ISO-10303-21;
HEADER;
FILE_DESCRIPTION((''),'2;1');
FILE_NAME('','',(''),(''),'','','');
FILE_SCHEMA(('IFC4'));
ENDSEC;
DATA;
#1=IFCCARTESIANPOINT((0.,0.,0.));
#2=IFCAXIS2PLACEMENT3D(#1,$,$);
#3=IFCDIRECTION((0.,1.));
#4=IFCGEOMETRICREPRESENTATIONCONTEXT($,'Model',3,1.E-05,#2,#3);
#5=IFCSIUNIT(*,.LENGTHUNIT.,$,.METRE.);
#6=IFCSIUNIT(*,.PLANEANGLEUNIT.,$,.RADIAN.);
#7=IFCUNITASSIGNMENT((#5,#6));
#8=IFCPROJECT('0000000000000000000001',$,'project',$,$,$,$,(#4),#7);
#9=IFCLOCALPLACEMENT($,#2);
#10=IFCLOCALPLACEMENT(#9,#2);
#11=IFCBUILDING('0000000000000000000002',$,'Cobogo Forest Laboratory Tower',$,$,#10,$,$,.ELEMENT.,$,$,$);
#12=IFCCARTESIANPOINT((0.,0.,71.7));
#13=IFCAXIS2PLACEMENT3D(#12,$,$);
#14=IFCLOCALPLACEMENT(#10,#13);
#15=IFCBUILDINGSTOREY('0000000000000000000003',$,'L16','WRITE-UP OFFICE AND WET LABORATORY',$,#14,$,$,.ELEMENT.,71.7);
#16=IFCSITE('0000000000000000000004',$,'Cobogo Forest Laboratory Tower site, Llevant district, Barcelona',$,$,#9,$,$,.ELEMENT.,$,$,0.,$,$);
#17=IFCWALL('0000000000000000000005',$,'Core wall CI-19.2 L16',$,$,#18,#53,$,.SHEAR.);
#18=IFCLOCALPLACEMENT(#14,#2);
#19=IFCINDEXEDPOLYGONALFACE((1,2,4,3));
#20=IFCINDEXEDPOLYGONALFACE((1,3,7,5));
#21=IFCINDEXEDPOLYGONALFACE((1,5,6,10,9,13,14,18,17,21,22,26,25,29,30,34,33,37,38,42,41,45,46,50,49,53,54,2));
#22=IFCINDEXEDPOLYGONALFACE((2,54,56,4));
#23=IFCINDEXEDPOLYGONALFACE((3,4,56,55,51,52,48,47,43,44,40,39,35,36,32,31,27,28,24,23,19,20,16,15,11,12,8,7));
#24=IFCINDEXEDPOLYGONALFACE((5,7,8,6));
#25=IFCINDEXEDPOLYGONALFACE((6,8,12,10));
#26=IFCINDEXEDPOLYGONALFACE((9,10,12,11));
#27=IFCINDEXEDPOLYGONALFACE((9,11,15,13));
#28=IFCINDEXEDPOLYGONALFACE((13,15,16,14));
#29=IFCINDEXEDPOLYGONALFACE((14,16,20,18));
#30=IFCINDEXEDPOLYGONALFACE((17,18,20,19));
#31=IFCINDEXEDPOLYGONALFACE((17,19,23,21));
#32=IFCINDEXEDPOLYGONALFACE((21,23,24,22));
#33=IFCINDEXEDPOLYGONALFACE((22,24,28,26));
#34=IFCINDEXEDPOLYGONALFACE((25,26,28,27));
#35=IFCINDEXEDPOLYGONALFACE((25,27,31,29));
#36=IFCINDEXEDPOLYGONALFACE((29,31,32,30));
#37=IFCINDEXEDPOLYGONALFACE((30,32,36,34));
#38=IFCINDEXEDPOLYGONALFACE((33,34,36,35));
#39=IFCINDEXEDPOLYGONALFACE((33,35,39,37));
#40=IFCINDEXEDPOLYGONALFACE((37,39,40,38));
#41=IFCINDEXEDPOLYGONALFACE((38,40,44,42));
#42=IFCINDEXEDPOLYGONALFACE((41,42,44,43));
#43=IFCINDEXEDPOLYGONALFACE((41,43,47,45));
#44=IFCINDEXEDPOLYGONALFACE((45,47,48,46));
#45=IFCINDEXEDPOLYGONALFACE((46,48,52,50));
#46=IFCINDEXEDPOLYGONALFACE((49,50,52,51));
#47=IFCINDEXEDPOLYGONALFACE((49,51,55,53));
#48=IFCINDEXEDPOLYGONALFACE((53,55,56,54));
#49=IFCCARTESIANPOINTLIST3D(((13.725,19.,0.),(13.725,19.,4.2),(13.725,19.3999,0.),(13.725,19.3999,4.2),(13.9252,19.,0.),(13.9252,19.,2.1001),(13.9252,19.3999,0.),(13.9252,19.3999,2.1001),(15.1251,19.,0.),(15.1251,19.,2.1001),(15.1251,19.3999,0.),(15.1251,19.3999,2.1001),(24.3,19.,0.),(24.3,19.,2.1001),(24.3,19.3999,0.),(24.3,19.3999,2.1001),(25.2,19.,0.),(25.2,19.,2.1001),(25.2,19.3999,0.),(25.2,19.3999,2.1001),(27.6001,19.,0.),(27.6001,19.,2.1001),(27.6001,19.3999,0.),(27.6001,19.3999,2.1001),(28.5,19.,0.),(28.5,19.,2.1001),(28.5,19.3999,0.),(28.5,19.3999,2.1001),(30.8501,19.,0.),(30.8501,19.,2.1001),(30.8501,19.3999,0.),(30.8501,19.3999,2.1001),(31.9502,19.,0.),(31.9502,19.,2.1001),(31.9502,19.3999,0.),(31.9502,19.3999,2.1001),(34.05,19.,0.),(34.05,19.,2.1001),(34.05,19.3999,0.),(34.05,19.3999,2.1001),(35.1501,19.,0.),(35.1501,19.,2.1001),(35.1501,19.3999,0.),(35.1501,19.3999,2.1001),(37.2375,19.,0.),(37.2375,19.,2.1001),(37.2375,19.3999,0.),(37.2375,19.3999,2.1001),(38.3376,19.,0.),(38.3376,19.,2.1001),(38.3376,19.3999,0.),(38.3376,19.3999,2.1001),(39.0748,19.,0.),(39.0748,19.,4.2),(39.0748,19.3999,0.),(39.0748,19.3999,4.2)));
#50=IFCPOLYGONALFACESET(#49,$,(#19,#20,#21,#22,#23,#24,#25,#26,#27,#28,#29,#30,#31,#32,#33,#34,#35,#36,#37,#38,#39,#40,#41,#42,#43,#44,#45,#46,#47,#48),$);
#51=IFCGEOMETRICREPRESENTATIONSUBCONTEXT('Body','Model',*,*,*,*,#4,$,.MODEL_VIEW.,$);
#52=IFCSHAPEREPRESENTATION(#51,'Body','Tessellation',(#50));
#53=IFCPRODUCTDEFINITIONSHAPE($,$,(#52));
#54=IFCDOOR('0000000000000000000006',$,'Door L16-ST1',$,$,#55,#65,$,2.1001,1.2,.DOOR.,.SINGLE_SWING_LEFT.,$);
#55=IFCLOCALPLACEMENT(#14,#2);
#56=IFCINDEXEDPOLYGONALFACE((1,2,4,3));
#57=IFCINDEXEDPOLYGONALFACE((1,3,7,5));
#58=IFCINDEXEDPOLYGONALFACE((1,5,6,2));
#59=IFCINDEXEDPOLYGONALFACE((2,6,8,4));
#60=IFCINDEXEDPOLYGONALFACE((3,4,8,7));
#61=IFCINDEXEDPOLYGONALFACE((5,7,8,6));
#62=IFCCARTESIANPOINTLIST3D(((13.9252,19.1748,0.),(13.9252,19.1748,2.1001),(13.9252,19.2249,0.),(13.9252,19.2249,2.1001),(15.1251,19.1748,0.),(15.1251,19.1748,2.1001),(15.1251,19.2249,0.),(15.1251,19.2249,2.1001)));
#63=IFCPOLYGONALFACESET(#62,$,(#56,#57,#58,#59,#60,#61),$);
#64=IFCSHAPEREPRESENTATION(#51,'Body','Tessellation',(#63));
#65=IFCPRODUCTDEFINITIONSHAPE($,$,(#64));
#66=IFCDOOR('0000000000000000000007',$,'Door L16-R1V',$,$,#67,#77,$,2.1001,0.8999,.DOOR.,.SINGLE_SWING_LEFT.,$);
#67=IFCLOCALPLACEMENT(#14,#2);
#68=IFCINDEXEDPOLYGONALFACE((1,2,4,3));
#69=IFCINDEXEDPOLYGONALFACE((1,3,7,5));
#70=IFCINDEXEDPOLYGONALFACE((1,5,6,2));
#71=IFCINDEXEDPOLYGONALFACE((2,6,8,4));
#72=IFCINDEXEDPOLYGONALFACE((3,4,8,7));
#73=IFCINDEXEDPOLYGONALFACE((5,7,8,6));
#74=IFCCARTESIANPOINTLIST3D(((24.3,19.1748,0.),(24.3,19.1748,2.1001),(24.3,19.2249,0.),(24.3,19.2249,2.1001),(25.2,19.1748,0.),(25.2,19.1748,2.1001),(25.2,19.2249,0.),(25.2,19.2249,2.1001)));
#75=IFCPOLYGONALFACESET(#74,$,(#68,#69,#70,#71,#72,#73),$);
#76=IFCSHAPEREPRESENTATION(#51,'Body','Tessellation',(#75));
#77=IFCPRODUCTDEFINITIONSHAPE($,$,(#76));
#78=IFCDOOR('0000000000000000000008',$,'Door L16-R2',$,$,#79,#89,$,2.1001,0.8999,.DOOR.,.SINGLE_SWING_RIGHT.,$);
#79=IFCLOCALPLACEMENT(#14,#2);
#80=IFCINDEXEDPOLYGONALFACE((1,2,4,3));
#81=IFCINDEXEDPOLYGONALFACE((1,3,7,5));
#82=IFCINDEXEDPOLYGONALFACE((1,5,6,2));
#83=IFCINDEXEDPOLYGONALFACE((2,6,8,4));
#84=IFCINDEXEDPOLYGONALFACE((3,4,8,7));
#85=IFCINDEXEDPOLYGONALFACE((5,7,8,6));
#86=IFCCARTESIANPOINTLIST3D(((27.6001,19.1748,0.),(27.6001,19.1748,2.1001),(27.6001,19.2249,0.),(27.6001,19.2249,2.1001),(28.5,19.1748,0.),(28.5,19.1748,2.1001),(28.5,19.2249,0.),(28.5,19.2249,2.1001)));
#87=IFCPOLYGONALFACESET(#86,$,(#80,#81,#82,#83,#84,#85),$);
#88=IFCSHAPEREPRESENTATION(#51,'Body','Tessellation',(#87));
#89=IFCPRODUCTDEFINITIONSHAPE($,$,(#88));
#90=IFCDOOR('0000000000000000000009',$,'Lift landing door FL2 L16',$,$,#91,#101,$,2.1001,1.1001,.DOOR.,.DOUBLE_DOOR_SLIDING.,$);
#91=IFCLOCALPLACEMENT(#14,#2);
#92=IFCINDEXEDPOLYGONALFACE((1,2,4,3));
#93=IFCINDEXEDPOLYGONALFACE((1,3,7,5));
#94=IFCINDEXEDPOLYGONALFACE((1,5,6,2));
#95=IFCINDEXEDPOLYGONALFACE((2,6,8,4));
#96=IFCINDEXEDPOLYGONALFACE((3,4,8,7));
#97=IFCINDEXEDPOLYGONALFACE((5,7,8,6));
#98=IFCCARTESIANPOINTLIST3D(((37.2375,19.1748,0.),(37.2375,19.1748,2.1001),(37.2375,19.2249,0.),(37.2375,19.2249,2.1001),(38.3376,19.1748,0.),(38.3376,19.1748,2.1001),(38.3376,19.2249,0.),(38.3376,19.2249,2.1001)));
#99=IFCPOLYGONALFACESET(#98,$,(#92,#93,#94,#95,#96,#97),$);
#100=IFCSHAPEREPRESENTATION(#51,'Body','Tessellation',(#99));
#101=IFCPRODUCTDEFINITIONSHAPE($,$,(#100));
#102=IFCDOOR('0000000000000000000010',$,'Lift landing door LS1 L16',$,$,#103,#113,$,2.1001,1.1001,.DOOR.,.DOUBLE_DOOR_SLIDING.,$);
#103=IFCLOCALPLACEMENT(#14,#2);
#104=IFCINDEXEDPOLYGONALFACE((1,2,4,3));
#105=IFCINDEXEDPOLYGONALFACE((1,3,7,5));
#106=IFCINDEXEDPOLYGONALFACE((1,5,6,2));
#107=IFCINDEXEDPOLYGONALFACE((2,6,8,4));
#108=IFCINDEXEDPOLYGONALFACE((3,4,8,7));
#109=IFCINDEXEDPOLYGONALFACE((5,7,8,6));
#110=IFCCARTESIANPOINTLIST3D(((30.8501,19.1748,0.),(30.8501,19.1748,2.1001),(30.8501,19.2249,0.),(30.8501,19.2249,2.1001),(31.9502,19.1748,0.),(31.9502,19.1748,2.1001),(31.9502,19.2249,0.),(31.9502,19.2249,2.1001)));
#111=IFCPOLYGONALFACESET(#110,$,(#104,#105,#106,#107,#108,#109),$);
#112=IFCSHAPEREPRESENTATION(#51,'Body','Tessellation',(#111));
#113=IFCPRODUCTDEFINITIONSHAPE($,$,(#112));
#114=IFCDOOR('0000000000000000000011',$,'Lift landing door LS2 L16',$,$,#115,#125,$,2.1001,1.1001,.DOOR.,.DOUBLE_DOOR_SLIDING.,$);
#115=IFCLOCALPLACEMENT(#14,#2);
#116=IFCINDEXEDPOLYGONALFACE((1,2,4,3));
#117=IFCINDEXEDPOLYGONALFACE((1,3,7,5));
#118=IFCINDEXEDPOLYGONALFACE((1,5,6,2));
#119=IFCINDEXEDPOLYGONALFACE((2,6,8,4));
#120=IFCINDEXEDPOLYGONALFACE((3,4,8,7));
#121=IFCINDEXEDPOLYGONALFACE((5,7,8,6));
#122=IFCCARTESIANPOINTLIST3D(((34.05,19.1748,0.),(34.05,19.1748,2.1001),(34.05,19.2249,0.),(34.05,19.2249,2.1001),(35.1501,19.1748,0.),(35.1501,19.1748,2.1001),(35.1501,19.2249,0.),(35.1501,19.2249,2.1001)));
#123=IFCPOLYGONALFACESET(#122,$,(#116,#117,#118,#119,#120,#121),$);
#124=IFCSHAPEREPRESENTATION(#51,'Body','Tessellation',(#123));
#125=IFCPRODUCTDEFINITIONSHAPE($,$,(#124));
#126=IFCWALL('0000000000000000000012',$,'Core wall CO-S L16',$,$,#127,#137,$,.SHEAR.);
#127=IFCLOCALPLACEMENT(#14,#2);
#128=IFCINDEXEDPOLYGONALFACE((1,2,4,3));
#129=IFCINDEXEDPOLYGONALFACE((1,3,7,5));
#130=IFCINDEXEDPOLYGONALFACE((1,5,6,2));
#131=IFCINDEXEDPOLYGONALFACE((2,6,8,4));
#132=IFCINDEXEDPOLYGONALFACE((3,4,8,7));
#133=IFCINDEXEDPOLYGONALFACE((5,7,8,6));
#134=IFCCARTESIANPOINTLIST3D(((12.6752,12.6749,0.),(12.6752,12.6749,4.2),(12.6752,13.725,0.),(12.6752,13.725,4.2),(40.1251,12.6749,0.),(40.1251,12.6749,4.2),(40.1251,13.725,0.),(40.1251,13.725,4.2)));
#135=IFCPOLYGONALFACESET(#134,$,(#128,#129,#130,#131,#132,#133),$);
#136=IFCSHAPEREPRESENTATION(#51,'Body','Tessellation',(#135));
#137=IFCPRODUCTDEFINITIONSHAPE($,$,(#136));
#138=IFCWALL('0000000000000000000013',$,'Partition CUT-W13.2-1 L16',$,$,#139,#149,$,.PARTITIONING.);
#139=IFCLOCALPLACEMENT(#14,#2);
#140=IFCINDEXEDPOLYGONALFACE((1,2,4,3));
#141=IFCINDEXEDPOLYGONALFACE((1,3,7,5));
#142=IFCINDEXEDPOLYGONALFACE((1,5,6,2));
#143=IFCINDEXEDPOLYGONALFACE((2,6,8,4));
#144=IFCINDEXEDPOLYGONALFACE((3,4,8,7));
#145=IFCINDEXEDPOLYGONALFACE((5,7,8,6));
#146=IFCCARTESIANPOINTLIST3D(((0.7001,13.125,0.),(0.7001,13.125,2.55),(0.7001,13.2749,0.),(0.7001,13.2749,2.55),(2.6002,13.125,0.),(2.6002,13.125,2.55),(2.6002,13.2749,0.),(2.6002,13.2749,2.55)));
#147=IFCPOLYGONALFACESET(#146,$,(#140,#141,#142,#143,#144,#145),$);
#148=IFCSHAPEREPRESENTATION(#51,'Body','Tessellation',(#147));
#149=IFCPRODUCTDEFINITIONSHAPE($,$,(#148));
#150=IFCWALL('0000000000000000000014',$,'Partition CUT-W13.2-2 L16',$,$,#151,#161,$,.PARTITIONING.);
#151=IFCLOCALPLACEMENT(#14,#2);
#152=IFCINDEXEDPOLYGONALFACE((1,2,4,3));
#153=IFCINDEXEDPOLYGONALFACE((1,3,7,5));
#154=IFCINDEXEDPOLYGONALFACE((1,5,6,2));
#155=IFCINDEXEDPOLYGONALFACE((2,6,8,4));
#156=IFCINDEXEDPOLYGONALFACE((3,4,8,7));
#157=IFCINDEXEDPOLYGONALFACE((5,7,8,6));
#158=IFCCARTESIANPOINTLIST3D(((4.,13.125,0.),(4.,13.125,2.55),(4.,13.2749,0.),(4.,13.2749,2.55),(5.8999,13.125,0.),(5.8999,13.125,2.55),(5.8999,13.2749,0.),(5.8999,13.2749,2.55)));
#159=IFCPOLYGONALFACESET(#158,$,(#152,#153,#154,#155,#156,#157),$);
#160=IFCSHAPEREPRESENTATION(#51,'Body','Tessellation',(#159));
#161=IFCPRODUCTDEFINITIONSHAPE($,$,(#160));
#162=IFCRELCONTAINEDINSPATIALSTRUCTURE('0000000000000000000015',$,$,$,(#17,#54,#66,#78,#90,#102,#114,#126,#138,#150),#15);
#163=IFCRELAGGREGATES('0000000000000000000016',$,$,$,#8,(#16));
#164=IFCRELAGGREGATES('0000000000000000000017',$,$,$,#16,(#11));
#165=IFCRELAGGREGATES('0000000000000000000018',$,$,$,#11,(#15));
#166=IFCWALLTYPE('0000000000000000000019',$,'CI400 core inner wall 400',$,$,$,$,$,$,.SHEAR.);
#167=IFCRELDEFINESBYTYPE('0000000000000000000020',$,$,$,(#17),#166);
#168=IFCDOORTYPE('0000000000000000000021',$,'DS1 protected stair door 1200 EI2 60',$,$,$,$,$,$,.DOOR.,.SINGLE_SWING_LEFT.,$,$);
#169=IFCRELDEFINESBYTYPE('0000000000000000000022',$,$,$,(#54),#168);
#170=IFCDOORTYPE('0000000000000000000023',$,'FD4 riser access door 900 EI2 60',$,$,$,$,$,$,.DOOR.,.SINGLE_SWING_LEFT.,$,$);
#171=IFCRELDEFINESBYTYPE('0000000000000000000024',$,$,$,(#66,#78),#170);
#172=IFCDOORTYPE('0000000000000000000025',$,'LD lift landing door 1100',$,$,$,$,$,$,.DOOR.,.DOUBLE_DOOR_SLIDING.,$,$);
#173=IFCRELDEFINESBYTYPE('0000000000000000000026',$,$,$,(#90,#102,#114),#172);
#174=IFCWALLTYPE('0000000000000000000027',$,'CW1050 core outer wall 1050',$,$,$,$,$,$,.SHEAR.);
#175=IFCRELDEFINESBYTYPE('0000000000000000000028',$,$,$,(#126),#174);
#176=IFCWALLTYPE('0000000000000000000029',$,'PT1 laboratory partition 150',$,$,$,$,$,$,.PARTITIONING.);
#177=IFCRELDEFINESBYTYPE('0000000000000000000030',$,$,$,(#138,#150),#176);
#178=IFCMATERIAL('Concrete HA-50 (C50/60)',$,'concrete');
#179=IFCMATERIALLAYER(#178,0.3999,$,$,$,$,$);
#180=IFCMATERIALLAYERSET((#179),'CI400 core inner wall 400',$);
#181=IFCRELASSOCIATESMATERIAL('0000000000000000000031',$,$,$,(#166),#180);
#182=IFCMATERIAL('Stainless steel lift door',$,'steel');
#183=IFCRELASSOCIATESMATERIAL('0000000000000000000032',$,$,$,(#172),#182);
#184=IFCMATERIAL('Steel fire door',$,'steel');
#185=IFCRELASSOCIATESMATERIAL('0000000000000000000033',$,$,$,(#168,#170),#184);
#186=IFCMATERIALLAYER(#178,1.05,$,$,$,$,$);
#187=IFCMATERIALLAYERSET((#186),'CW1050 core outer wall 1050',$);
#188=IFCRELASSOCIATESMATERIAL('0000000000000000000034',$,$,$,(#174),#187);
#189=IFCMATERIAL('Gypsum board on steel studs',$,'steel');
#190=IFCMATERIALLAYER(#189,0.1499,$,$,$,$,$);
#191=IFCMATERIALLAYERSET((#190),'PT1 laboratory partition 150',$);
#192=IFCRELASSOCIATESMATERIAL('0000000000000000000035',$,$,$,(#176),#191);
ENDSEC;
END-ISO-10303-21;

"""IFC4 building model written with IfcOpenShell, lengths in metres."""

from ifc_helpers import new_model, si_unit, direction, frame, frame_2d, origin, place, context, subcontext, project, spatial, rectangle, extrude, material, layer, layer_set, type_object, element, fill, save


model = new_model("IFC4")

# Units and contexts
model_context = context("Model", 3, precision=1e-05, world=origin(), true_north=direction((0.0, 1.0)))
body_context = subcontext(model_context, "Body", "Model", "MODEL_VIEW")
ifc_project = project(units=[si_unit("LENGTHUNIT", "METRE"), si_unit("PLANEANGLEUNIT", "RADIAN")], contexts=[model_context])

# Site, building, storey
site_placement = place(None, origin())
site = spatial("IfcSite", under=ifc_project, at=site_placement, Name="Cobogo Forest Laboratory Tower site, Llevant district, Barcelona", CompositionType="ELEMENT", RefElevation=0.0)
building_placement = place(site_placement, origin())
building = spatial("IfcBuilding", under=site, at=building_placement, Name="Cobogo Forest Laboratory Tower", CompositionType="ELEMENT")
storey_placement = place(building_placement, frame((0.0, 0.0, 71.7)))
storey = spatial("IfcBuildingStorey", under=building, at=storey_placement, Name="L16", Description="WRITE-UP OFFICE AND WET LABORATORY", CompositionType="ELEMENT", Elevation=71.7)

# Shared definitions
ifc_material_1 = material(Name="Concrete HA-50 (C50/60)", Category="concrete")

# Wall, openings, doors
ifc_layer_1 = layer(ifc_material_1, 0.3999)
ifc_layer_set_1 = layer_set([ifc_layer_1], Name="CI400 core inner wall 400")
wall_type_1 = type_object("IfcWallType", Name="CI400 core inner wall 400", PredefinedType="SHEAR", material=ifc_layer_set_1)
ifc_material_2 = material(Name="Stainless steel lift door", Category="steel")
door_type_1 = type_object("IfcDoorType", Name="LD lift landing door 1100", OperationType="DOUBLE_DOOR_SLIDING", PredefinedType="DOOR", material=ifc_material_2)
wall_1_placement = place(storey_placement, frame((13.7251, 19.2, 0.0), z_axis=(0.0, 0.0, 1.0), x_axis=(1.0, 0.0, 0.0)))
wall_1 = element("IfcWall", 1, at=wall_1_placement, inside=storey, type_object=wall_type_1, Name="Core wall CI-19.2 L16", PredefinedType="SHEAR", context=body_context, shape_type="SweptSolid", body=[
    extrude(rectangle(XDim=25.3499, YDim=0.3999, at=frame_2d((12.6748, 0.0))), origin(), (0.0, 0.0, 1.0), 4.2),
])
opening_1_placement = place(wall_1_placement, frame((10.575, 0.0, 0.0)))
opening_1 = element("IfcOpeningElement", 2, at=opening_1_placement, cuts=wall_1, PredefinedType="OPENING", context=body_context, shape_type="SweptSolid", body=[
    extrude(rectangle(XDim=0.8999, YDim=2.1001, at=frame_2d((0.45, 1.05))), frame((0.0, 0.21, 0.0), z_axis=(0.0, -1.0, 0.0), x_axis=(1.0, 0.0, 0.0)), (0.0, 0.0, 1.0), 0.4199),
])
opening_2_placement = place(wall_1_placement, frame((13.875, 0.0, 0.0)))
opening_2 = element("IfcOpeningElement", 3, at=opening_2_placement, cuts=wall_1, PredefinedType="OPENING", context=body_context, shape_type="SweptSolid", body=[
    extrude(rectangle(XDim=0.8999, YDim=2.1001, at=frame_2d((0.45, 1.05))), frame((0.0, 0.21, 0.0), z_axis=(0.0, -1.0, 0.0), x_axis=(1.0, 0.0, 0.0)), (0.0, 0.0, 1.0), 0.4199),
])
opening_3_placement = place(wall_1_placement, frame((0.2, 0.0, 0.0)))
opening_3 = element("IfcOpeningElement", 4, at=opening_3_placement, cuts=wall_1, PredefinedType="OPENING", context=body_context, shape_type="SweptSolid", body=[
    extrude(rectangle(XDim=1.2, YDim=2.1001, at=frame_2d((0.6001, 1.05))), frame((0.0, 0.21, 0.0), z_axis=(0.0, -1.0, 0.0), x_axis=(1.0, 0.0, 0.0)), (0.0, 0.0, 1.0), 0.4199),
])
opening_4_placement = place(wall_1_placement, frame((23.5125, 0.0, 0.0)))
opening_4 = element("IfcOpeningElement", 5, at=opening_4_placement, cuts=wall_1, PredefinedType="OPENING", context=body_context, shape_type="SweptSolid", body=[
    extrude(rectangle(XDim=1.1001, YDim=2.1001, at=frame_2d((0.55, 1.05))), frame((0.0, 0.21, 0.0), z_axis=(0.0, -1.0, 0.0), x_axis=(1.0, 0.0, 0.0)), (0.0, 0.0, 1.0), 0.4199),
])
opening_5_placement = place(wall_1_placement, frame((17.125, 0.0, 0.0)))
opening_5 = element("IfcOpeningElement", 6, at=opening_5_placement, cuts=wall_1, PredefinedType="OPENING", context=body_context, shape_type="SweptSolid", body=[
    extrude(rectangle(XDim=1.1001, YDim=2.1001, at=frame_2d((0.55, 1.05))), frame((0.0, 0.21, 0.0), z_axis=(0.0, -1.0, 0.0), x_axis=(1.0, 0.0, 0.0)), (0.0, 0.0, 1.0), 0.4199),
])
opening_6_placement = place(wall_1_placement, frame((20.325, 0.0, 0.0)))
opening_6 = element("IfcOpeningElement", 7, at=opening_6_placement, cuts=wall_1, PredefinedType="OPENING", context=body_context, shape_type="SweptSolid", body=[
    extrude(rectangle(XDim=1.1001, YDim=2.1001, at=frame_2d((0.55, 1.05))), frame((0.0, 0.21, 0.0), z_axis=(0.0, -1.0, 0.0), x_axis=(1.0, 0.0, 0.0)), (0.0, 0.0, 1.0), 0.4199),
])
ifc_material_3 = material(Name="Steel fire door", Category="steel")
door_type_2 = type_object("IfcDoorType", Name="DS1 protected stair door 1200 EI2 60", OperationType="SINGLE_SWING_LEFT", PredefinedType="DOOR", material=ifc_material_3)
door_1_placement = place(opening_3_placement, origin())
door_1 = element("IfcDoor", 8, at=door_1_placement, inside=storey, type_object=door_type_2, Name="Door L16-ST1", OperationType="SINGLE_SWING_LEFT", OverallHeight=2.1001, OverallWidth=1.2, PredefinedType="DOOR", context=body_context, shape_type="SweptSolid", body=[
    extrude(rectangle(XDim=1.2, YDim=2.1001, at=frame_2d((0.6001, 1.05))), frame((0.0, 0.0249, 0.0), z_axis=(0.0, -1.0, 0.0), x_axis=(1.0, 0.0, 0.0)), (0.0, 0.0, 1.0), 0.05),
])
fill(opening_3, door_1)
door_type_3 = type_object("IfcDoorType", Name="FD4 riser access door 900 EI2 60", OperationType="SINGLE_SWING_LEFT", PredefinedType="DOOR", material=ifc_material_3)
door_2_placement = place(opening_1_placement, origin())
door_2 = element("IfcDoor", 9, at=door_2_placement, inside=storey, type_object=door_type_3, Name="Door L16-R1V", OperationType="SINGLE_SWING_LEFT", OverallHeight=2.1001, OverallWidth=0.8999, PredefinedType="DOOR", context=body_context, shape_type="SweptSolid", body=[
    extrude(rectangle(XDim=0.8999, YDim=2.1001, at=frame_2d((0.45, 1.05))), frame((0.0, 0.0249, 0.0), z_axis=(0.0, -1.0, 0.0), x_axis=(1.0, 0.0, 0.0)), (0.0, 0.0, 1.0), 0.05),
])
fill(opening_1, door_2)
door_3_placement = place(opening_2_placement, origin())
door_3 = element("IfcDoor", 10, at=door_3_placement, inside=storey, type_object=door_type_3, Name="Door L16-R2", OperationType="SINGLE_SWING_RIGHT", OverallHeight=2.1001, OverallWidth=0.8999, PredefinedType="DOOR", context=body_context, shape_type="SweptSolid", body=[
    extrude(rectangle(XDim=0.8999, YDim=2.1001, at=frame_2d((0.45, 1.05))), frame((0.0, 0.0249, 0.0), z_axis=(0.0, -1.0, 0.0), x_axis=(1.0, 0.0, 0.0)), (0.0, 0.0, 1.0), 0.05),
])
fill(opening_2, door_3)
door_4_placement = place(opening_4_placement, origin())
door_4 = element("IfcDoor", 11, at=door_4_placement, inside=storey, type_object=door_type_1, Name="Lift landing door FL2 L16", OperationType="DOUBLE_DOOR_SLIDING", OverallHeight=2.1001, OverallWidth=1.1001, PredefinedType="DOOR", context=body_context, shape_type="SweptSolid", body=[
    extrude(rectangle(XDim=1.1001, YDim=2.1001, at=frame_2d((0.55, 1.05))), frame((0.0, 0.0249, 0.0), z_axis=(0.0, -1.0, 0.0), x_axis=(1.0, 0.0, 0.0)), (0.0, 0.0, 1.0), 0.05),
])
fill(opening_4, door_4)
door_5_placement = place(opening_5_placement, origin())
door_5 = element("IfcDoor", 12, at=door_5_placement, inside=storey, type_object=door_type_1, Name="Lift landing door LS1 L16", OperationType="DOUBLE_DOOR_SLIDING", OverallHeight=2.1001, OverallWidth=1.1001, PredefinedType="DOOR", context=body_context, shape_type="SweptSolid", body=[
    extrude(rectangle(XDim=1.1001, YDim=2.1001, at=frame_2d((0.55, 1.05))), frame((0.0, 0.0249, 0.0), z_axis=(0.0, -1.0, 0.0), x_axis=(1.0, 0.0, 0.0)), (0.0, 0.0, 1.0), 0.05),
])
fill(opening_5, door_5)
door_6_placement = place(opening_6_placement, origin())
door_6 = element("IfcDoor", 13, at=door_6_placement, inside=storey, type_object=door_type_1, Name="Lift landing door LS2 L16", OperationType="DOUBLE_DOOR_SLIDING", OverallHeight=2.1001, OverallWidth=1.1001, PredefinedType="DOOR", context=body_context, shape_type="SweptSolid", body=[
    extrude(rectangle(XDim=1.1001, YDim=2.1001, at=frame_2d((0.55, 1.05))), frame((0.0, 0.0249, 0.0), z_axis=(0.0, -1.0, 0.0), x_axis=(1.0, 0.0, 0.0)), (0.0, 0.0, 1.0), 0.05),
])
fill(opening_6, door_6)

# Walls
ifc_layer_2 = layer(ifc_material_1, 1.05)
ifc_layer_set_2 = layer_set([ifc_layer_2], Name="CW1050 core outer wall 1050")
wall_type_2 = type_object("IfcWallType", Name="CW1050 core outer wall 1050", PredefinedType="SHEAR", material=ifc_layer_set_2)
wall_2_placement = place(storey_placement, frame((12.675, 13.2, 0.0), z_axis=(0.0, 0.0, 1.0), x_axis=(1.0, 0.0, 0.0)))
element("IfcWall", 14, at=wall_2_placement, inside=storey, type_object=wall_type_2, Name="Core wall CO-S L16", PredefinedType="SHEAR", context=body_context, shape_type="SweptSolid", body=[
    extrude(rectangle(XDim=27.45, YDim=1.05, at=frame_2d((13.7251, 0.0))), origin(), (0.0, 0.0, 1.0), 4.2),
])
ifc_material_4 = material(Name="Gypsum board on steel studs", Category="steel")
ifc_layer_3 = layer(ifc_material_4, 0.1499)
ifc_layer_set_3 = layer_set([ifc_layer_3], Name="PT1 laboratory partition 150")
wall_type_3 = type_object("IfcWallType", Name="PT1 laboratory partition 150", PredefinedType="PARTITIONING", material=ifc_layer_set_3)
wall_3_placement = place(storey_placement, frame((0.7, 13.2, 0.0), z_axis=(0.0, 0.0, 1.0), x_axis=(1.0, 0.0, 0.0)))
element("IfcWall", 15, at=wall_3_placement, inside=storey, type_object=wall_type_3, Name="Partition CUT-W13.2-1 L16", PredefinedType="PARTITIONING", context=body_context, shape_type="SweptSolid", body=[
    extrude(rectangle(XDim=1.9001, YDim=0.1499, at=frame_2d((0.9502, 0.0))), origin(), (0.0, 0.0, 1.0), 2.55),
])
wall_4_placement = place(storey_placement, frame((4.0, 13.2, 0.0), z_axis=(0.0, 0.0, 1.0), x_axis=(1.0, 0.0, 0.0)))
element("IfcWall", 16, at=wall_4_placement, inside=storey, type_object=wall_type_3, Name="Partition CUT-W13.2-2 L16", PredefinedType="PARTITIONING", context=body_context, shape_type="SweptSolid", body=[
    extrude(rectangle(XDim=1.8999, YDim=0.1499, at=frame_2d((0.95, 0.0))), origin(), (0.0, 0.0, 1.0), 2.55),
])

save(model, "model.ifc")
